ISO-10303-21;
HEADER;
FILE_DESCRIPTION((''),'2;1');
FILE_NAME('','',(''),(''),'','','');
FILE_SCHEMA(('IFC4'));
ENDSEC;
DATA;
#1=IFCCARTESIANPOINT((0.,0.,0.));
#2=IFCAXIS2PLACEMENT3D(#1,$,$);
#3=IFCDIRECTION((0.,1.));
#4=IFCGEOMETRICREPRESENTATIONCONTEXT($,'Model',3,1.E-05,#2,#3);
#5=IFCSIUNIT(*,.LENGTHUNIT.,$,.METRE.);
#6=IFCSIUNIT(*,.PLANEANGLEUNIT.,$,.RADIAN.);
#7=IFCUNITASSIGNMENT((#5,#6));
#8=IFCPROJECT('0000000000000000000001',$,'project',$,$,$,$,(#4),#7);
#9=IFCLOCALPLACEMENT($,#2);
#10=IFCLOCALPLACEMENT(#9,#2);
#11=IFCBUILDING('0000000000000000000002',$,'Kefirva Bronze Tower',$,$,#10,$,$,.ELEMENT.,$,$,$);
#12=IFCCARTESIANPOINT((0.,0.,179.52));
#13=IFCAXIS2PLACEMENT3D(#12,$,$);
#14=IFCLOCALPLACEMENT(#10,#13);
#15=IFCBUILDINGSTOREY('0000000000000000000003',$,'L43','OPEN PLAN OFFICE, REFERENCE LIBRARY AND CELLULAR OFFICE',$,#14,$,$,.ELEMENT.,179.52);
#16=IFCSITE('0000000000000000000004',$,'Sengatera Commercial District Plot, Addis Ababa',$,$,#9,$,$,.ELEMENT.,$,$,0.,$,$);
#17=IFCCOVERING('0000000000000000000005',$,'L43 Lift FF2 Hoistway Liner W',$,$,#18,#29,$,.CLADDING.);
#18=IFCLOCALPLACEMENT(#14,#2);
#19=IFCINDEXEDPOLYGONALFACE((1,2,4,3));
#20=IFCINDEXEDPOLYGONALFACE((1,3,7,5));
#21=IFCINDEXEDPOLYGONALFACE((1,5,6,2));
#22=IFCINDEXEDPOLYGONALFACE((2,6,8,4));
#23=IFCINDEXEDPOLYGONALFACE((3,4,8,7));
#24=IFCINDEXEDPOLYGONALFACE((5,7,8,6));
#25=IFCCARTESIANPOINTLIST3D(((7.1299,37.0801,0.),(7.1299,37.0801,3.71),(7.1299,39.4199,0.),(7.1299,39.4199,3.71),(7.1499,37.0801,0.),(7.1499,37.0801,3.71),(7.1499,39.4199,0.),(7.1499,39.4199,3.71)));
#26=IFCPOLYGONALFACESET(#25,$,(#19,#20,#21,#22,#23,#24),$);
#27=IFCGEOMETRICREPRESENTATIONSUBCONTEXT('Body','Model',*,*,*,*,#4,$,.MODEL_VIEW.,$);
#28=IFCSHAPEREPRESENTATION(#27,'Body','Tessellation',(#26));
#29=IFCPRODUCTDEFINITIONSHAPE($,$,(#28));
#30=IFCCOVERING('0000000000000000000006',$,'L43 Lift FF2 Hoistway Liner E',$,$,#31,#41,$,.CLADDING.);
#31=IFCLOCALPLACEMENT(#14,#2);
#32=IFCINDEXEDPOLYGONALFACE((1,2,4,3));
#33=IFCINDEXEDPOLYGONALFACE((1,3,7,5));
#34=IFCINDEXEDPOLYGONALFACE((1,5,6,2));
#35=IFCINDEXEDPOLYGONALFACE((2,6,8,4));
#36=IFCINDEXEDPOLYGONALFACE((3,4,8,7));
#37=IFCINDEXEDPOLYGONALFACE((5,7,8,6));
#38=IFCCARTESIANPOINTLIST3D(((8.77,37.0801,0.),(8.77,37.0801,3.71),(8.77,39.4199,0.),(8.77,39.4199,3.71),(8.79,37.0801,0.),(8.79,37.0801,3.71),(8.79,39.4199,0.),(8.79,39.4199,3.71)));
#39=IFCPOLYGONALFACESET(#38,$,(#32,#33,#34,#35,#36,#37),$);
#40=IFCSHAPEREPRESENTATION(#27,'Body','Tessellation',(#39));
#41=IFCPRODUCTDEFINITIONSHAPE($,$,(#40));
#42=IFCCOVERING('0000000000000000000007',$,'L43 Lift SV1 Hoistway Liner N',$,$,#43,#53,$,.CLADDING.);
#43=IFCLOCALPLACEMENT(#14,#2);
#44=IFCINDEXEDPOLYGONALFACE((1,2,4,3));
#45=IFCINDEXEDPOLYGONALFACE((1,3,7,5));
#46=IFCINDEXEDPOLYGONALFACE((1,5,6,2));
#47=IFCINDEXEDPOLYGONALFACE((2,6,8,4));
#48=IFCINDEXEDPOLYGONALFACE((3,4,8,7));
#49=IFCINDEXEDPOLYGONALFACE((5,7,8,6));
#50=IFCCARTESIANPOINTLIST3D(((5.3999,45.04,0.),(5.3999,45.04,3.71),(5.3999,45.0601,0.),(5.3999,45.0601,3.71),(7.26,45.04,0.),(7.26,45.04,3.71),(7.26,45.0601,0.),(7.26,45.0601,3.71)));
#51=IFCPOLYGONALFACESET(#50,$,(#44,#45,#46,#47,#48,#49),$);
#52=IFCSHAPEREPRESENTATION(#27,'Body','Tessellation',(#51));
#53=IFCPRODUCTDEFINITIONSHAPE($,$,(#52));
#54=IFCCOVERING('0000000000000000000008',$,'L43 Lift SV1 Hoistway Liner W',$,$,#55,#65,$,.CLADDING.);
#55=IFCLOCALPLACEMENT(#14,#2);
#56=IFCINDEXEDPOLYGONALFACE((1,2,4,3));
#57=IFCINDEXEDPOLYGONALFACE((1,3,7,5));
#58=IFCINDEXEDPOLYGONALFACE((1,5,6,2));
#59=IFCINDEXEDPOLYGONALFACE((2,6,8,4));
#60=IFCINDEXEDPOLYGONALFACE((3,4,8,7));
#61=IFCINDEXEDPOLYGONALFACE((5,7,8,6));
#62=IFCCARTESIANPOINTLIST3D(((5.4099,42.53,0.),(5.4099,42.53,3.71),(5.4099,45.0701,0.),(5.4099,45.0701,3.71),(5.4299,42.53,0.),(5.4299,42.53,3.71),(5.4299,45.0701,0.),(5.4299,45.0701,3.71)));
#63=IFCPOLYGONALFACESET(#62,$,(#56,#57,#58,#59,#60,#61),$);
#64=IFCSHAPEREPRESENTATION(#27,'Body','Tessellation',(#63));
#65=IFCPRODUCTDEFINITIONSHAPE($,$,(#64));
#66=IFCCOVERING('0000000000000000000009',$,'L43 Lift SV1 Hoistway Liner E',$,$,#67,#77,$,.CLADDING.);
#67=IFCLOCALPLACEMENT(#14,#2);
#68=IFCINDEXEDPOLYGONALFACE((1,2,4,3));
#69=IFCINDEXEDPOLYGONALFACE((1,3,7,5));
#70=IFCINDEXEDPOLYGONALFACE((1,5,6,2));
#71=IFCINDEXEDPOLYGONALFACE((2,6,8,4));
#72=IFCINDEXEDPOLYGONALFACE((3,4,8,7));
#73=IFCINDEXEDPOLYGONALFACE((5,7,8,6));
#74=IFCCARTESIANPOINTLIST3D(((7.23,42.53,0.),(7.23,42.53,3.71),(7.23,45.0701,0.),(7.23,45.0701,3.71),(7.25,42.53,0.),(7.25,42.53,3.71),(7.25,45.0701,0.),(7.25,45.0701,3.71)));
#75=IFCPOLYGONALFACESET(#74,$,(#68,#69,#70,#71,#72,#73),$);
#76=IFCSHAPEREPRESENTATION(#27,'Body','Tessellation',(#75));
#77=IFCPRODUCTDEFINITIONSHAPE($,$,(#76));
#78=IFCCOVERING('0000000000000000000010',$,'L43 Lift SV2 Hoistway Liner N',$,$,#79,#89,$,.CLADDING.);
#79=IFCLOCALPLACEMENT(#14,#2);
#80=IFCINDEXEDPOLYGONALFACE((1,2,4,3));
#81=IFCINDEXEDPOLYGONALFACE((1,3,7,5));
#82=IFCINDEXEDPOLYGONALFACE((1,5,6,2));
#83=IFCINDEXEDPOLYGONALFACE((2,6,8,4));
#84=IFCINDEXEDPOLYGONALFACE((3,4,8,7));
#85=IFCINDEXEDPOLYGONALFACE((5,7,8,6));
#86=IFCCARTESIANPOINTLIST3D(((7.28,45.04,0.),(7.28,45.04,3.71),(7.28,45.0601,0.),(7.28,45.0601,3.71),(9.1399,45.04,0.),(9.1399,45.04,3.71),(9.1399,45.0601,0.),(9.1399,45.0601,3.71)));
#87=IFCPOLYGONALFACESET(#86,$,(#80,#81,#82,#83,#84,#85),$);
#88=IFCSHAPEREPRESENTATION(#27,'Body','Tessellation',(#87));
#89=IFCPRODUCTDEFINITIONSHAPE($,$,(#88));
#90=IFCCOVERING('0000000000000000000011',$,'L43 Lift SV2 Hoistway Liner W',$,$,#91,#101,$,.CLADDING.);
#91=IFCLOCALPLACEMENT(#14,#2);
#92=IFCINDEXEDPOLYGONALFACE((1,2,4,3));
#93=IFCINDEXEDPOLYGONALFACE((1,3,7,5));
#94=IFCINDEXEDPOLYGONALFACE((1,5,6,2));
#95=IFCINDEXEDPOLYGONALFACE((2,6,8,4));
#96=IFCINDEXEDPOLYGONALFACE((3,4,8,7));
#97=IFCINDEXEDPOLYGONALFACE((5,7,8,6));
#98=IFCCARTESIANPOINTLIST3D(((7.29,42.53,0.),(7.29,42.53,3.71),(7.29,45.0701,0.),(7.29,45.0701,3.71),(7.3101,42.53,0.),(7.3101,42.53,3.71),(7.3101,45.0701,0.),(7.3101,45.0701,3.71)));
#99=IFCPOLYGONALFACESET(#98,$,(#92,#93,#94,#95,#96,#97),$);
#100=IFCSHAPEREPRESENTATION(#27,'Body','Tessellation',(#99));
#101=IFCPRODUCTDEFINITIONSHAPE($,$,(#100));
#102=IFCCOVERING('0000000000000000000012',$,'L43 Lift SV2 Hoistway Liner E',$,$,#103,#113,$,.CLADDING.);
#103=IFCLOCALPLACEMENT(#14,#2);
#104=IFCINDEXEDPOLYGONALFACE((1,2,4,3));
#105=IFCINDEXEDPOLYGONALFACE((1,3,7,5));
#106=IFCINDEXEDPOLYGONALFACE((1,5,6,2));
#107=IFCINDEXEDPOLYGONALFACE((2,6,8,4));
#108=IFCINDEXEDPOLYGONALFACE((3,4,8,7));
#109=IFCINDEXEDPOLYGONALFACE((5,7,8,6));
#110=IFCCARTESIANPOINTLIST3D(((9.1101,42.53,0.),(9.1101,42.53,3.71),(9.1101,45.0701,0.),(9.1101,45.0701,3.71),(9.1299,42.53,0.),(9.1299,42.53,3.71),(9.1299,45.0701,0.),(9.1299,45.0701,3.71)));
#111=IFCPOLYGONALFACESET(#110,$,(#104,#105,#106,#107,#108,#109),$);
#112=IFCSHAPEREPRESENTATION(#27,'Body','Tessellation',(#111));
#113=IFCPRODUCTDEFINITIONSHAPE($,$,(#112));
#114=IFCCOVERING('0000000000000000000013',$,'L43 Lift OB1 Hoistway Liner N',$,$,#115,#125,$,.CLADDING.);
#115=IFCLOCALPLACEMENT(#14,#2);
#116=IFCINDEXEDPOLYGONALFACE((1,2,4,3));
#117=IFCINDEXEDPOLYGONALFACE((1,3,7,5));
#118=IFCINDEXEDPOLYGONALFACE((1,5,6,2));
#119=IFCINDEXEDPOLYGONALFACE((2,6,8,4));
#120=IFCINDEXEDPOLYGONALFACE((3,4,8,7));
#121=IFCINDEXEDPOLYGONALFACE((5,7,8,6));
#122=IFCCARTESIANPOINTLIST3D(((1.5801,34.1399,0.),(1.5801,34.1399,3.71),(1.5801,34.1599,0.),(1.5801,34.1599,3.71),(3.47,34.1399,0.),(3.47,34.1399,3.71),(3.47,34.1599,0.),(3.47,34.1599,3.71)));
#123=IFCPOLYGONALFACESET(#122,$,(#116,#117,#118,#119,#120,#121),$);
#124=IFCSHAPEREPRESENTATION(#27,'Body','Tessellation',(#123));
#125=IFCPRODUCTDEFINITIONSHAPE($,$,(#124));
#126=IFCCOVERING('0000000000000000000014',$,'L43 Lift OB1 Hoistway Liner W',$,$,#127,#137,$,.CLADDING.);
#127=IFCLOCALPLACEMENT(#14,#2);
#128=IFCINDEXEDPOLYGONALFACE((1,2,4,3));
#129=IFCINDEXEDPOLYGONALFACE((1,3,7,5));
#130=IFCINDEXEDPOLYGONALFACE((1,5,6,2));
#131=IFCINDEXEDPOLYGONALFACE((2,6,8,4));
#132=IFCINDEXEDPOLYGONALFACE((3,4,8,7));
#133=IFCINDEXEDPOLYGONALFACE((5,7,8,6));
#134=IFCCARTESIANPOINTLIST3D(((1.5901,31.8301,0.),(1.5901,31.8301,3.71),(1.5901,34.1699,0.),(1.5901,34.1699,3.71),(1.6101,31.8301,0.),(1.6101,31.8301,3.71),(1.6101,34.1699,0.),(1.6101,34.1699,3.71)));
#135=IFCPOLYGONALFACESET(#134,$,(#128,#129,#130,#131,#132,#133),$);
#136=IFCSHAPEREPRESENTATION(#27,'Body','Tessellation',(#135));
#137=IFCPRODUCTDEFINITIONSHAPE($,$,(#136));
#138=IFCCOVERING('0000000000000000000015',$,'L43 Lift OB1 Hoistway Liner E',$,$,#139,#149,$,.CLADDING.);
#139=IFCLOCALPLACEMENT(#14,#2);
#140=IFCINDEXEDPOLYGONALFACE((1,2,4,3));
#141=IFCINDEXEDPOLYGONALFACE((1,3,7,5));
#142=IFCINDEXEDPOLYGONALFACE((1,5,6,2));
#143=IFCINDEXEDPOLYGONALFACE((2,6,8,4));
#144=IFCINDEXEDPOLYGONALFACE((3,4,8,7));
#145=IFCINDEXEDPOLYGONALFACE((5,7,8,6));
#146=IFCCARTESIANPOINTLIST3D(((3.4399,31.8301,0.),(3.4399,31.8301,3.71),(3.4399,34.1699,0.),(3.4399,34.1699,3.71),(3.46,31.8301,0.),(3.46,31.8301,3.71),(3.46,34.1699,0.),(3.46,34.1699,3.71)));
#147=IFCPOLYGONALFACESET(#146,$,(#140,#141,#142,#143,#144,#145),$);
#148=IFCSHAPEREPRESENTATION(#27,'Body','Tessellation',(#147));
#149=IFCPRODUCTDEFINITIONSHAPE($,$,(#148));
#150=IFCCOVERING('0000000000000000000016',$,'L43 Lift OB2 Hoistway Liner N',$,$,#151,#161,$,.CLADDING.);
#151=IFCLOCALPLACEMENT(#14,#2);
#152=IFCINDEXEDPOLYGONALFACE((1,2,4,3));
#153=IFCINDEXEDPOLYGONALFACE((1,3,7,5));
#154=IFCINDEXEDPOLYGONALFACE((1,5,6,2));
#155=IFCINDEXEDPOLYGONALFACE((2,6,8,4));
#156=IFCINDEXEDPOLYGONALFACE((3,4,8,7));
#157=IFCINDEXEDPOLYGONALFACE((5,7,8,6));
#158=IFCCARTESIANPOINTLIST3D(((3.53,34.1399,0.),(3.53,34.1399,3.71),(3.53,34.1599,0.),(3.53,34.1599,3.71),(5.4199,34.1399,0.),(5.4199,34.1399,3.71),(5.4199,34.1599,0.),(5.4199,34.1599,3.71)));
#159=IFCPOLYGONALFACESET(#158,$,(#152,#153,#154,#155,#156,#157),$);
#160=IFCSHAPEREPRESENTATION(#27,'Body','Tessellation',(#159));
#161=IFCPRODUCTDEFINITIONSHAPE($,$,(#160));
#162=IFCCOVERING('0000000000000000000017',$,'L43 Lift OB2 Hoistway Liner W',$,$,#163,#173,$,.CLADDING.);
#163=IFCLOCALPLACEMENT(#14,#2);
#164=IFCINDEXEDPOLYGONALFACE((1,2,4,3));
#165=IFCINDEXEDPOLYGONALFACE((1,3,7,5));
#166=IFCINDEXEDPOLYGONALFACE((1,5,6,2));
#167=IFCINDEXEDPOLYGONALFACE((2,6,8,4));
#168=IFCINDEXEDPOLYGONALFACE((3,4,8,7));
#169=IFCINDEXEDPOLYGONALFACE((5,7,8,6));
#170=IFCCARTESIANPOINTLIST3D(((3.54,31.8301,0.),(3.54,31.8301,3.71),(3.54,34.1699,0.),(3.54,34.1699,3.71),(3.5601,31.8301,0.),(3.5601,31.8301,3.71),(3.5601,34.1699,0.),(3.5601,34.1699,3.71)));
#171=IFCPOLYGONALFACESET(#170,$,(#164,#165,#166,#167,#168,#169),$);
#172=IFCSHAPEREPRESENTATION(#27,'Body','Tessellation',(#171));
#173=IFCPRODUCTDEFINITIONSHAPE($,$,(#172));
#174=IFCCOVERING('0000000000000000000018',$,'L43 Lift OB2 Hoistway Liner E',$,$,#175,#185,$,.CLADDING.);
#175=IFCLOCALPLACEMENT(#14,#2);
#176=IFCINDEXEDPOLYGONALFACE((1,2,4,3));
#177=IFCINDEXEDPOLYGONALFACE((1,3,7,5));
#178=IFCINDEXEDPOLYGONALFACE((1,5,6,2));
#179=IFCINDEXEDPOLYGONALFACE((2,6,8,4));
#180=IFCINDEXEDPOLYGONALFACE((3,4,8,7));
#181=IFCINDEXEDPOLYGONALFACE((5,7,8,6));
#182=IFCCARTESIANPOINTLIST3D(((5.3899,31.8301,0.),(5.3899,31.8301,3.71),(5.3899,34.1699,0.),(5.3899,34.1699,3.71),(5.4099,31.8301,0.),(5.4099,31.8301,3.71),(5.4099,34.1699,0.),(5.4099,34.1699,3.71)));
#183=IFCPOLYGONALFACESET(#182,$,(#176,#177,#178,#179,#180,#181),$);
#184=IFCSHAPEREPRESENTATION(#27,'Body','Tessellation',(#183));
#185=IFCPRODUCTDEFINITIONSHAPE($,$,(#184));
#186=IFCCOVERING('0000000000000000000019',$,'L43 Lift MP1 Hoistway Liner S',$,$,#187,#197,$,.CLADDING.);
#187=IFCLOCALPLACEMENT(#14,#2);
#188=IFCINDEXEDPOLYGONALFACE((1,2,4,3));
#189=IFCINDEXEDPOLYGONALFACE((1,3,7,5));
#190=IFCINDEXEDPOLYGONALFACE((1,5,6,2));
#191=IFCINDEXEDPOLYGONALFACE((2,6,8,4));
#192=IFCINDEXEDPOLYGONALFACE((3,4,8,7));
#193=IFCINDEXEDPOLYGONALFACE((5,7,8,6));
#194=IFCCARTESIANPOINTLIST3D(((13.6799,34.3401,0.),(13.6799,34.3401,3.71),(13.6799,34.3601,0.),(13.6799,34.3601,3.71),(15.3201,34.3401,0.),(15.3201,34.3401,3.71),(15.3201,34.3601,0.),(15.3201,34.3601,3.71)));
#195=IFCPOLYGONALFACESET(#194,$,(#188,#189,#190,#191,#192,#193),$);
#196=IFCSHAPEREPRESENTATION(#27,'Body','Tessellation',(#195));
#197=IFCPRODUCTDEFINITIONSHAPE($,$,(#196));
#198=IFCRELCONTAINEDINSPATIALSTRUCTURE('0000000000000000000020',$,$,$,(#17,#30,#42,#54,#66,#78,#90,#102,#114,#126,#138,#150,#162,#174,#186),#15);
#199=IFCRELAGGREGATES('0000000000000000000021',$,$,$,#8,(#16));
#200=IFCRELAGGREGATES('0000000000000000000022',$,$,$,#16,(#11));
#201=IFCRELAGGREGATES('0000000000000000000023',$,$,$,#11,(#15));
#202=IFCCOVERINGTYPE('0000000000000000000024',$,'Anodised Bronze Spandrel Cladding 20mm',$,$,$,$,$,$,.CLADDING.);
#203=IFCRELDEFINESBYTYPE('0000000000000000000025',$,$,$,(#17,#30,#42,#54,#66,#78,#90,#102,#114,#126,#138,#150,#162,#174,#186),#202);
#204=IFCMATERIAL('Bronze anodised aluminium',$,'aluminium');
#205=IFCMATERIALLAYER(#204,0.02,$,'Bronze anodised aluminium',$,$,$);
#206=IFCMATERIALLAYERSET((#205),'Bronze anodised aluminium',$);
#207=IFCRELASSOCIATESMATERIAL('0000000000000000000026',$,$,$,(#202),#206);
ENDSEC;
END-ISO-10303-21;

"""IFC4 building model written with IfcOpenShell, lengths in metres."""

from ifc_helpers import new_model, si_unit, direction, frame, origin, place, context, subcontext, project, spatial, polyline, outline, extrude, material, layer, layer_set, type_object, element, save


model = new_model("IFC4")

# Units and contexts
model_context = context("Model", 3, precision=1e-05, world=origin(), true_north=direction((0.0, 1.0)))
body_context = subcontext(model_context, "Body", "Model", "MODEL_VIEW")
ifc_project = project(units=[si_unit("LENGTHUNIT", "METRE"), si_unit("PLANEANGLEUNIT", "RADIAN")], contexts=[model_context])

# Site, building, storey
site_placement = place(None, origin())
site = spatial("IfcSite", under=ifc_project, at=site_placement, Name="Sengatera Commercial District Plot, Addis Ababa", CompositionType="ELEMENT", RefElevation=0.0)
building_placement = place(site_placement, origin())
building = spatial("IfcBuilding", under=site, at=building_placement, Name="Kefirva Bronze Tower", CompositionType="ELEMENT")
storey_placement = place(building_placement, frame((0.0, 0.0, 179.52)))
storey = spatial("IfcBuildingStorey", under=building, at=storey_placement, Name="L43", Description="OPEN PLAN OFFICE, REFERENCE LIBRARY AND CELLULAR OFFICE", CompositionType="ELEMENT", Elevation=179.52)

# Coverings
ifc_material_1 = material(Name="Bronze anodised aluminium", Category="aluminium")
ifc_layer_1 = layer(ifc_material_1, 0.02, Name="Bronze anodised aluminium")
ifc_layer_set_1 = layer_set([ifc_layer_1], Name="Bronze anodised aluminium")
covering_type = type_object("IfcCoveringType", Name="Anodised Bronze Spandrel Cladding 20mm", PredefinedType="CLADDING", material=ifc_layer_set_1)
covering_1_placement = place(storey_placement, origin())
element("IfcCovering", 1, at=covering_1_placement, inside=storey, type_object=covering_type, Name="L43 Lift FF2 Hoistway Liner W", PredefinedType="CLADDING", context=body_context, shape_type="SweptSolid", body=[
    extrude(outline(polyline([(7.1299, 37.0801), (7.1499, 37.0801), (7.1499, 39.4199), (7.1299, 39.4199), (7.1299, 37.0801)])), origin(), (0.0, 0.0, 1.0), 3.71),
])
covering_2_placement = place(storey_placement, origin())
element("IfcCovering", 2, at=covering_2_placement, inside=storey, type_object=covering_type, Name="L43 Lift FF2 Hoistway Liner E", PredefinedType="CLADDING", context=body_context, shape_type="SweptSolid", body=[
    extrude(outline(polyline([(8.77, 37.0801), (8.79, 37.0801), (8.79, 39.4199), (8.77, 39.4199), (8.77, 37.0801)])), origin(), (0.0, 0.0, 1.0), 3.71),
])
covering_3_placement = place(storey_placement, origin())
element("IfcCovering", 3, at=covering_3_placement, inside=storey, type_object=covering_type, Name="L43 Lift SV1 Hoistway Liner N", PredefinedType="CLADDING", context=body_context, shape_type="SweptSolid", body=[
    extrude(outline(polyline([(5.3999, 45.04), (7.26, 45.04), (7.26, 45.0601), (5.3999, 45.0601), (5.3999, 45.04)])), origin(), (0.0, 0.0, 1.0), 3.71),
])
covering_4_placement = place(storey_placement, origin())
element("IfcCovering", 4, at=covering_4_placement, inside=storey, type_object=covering_type, Name="L43 Lift SV1 Hoistway Liner W", PredefinedType="CLADDING", context=body_context, shape_type="SweptSolid", body=[
    extrude(outline(polyline([(5.4099, 42.53), (5.4299, 42.53), (5.4299, 45.0701), (5.4099, 45.0701), (5.4099, 42.53)])), origin(), (0.0, 0.0, 1.0), 3.71),
])
covering_5_placement = place(storey_placement, origin())
element("IfcCovering", 5, at=covering_5_placement, inside=storey, type_object=covering_type, Name="L43 Lift SV1 Hoistway Liner E", PredefinedType="CLADDING", context=body_context, shape_type="SweptSolid", body=[
    extrude(outline(polyline([(7.23, 42.53), (7.25, 42.53), (7.25, 45.0701), (7.23, 45.0701), (7.23, 42.53)])), origin(), (0.0, 0.0, 1.0), 3.71),
])
covering_6_placement = place(storey_placement, origin())
element("IfcCovering", 6, at=covering_6_placement, inside=storey, type_object=covering_type, Name="L43 Lift SV2 Hoistway Liner N", PredefinedType="CLADDING", context=body_context, shape_type="SweptSolid", body=[
    extrude(outline(polyline([(7.28, 45.04), (9.1399, 45.04), (9.1399, 45.0601), (7.28, 45.0601), (7.28, 45.04)])), origin(), (0.0, 0.0, 1.0), 3.71),
])
covering_7_placement = place(storey_placement, origin())
element("IfcCovering", 7, at=covering_7_placement, inside=storey, type_object=covering_type, Name="L43 Lift SV2 Hoistway Liner W", PredefinedType="CLADDING", context=body_context, shape_type="SweptSolid", body=[
    extrude(outline(polyline([(7.29, 42.53), (7.3101, 42.53), (7.3101, 45.0701), (7.29, 45.0701), (7.29, 42.53)])), origin(), (0.0, 0.0, 1.0), 3.71),
])
covering_8_placement = place(storey_placement, origin())
element("IfcCovering", 8, at=covering_8_placement, inside=storey, type_object=covering_type, Name="L43 Lift SV2 Hoistway Liner E", PredefinedType="CLADDING", context=body_context, shape_type="SweptSolid", body=[
    extrude(outline(polyline([(9.1101, 42.53), (9.1299, 42.53), (9.1299, 45.0701), (9.1101, 45.0701), (9.1101, 42.53)])), origin(), (0.0, 0.0, 1.0), 3.71),
])
covering_9_placement = place(storey_placement, origin())
element("IfcCovering", 9, at=covering_9_placement, inside=storey, type_object=covering_type, Name="L43 Lift OB1 Hoistway Liner N", PredefinedType="CLADDING", context=body_context, shape_type="SweptSolid", body=[
    extrude(outline(polyline([(1.5801, 34.1399), (3.47, 34.1399), (3.47, 34.1599), (1.5801, 34.1599), (1.5801, 34.1399)])), origin(), (0.0, 0.0, 1.0), 3.71),
])
covering_10_placement = place(storey_placement, origin())
element("IfcCovering", 10, at=covering_10_placement, inside=storey, type_object=covering_type, Name="L43 Lift OB1 Hoistway Liner W", PredefinedType="CLADDING", context=body_context, shape_type="SweptSolid", body=[
    extrude(outline(polyline([(1.5901, 31.8301), (1.6101, 31.8301), (1.6101, 34.1699), (1.5901, 34.1699), (1.5901, 31.8301)])), origin(), (0.0, 0.0, 1.0), 3.71),
])
covering_11_placement = place(storey_placement, origin())
element("IfcCovering", 11, at=covering_11_placement, inside=storey, type_object=covering_type, Name="L43 Lift OB1 Hoistway Liner E", PredefinedType="CLADDING", context=body_context, shape_type="SweptSolid", body=[
    extrude(outline(polyline([(3.4399, 31.8301), (3.46, 31.8301), (3.46, 34.1699), (3.4399, 34.1699), (3.4399, 31.8301)])), origin(), (0.0, 0.0, 1.0), 3.71),
])
covering_12_placement = place(storey_placement, origin())
element("IfcCovering", 12, at=covering_12_placement, inside=storey, type_object=covering_type, Name="L43 Lift OB2 Hoistway Liner N", PredefinedType="CLADDING", context=body_context, shape_type="SweptSolid", body=[
    extrude(outline(polyline([(3.53, 34.1399), (5.4199, 34.1399), (5.4199, 34.1599), (3.53, 34.1599), (3.53, 34.1399)])), origin(), (0.0, 0.0, 1.0), 3.71),
])
covering_13_placement = place(storey_placement, origin())
element("IfcCovering", 13, at=covering_13_placement, inside=storey, type_object=covering_type, Name="L43 Lift OB2 Hoistway Liner W", PredefinedType="CLADDING", context=body_context, shape_type="SweptSolid", body=[
    extrude(outline(polyline([(3.54, 31.8301), (3.5601, 31.8301), (3.5601, 34.1699), (3.54, 34.1699), (3.54, 31.8301)])), origin(), (0.0, 0.0, 1.0), 3.71),
])
covering_14_placement = place(storey_placement, origin())
element("IfcCovering", 14, at=covering_14_placement, inside=storey, type_object=covering_type, Name="L43 Lift OB2 Hoistway Liner E", PredefinedType="CLADDING", context=body_context, shape_type="SweptSolid", body=[
    extrude(outline(polyline([(5.3899, 31.8301), (5.4099, 31.8301), (5.4099, 34.1699), (5.3899, 34.1699), (5.3899, 31.8301)])), origin(), (0.0, 0.0, 1.0), 3.71),
])
covering_15_placement = place(storey_placement, origin())
element("IfcCovering", 15, at=covering_15_placement, inside=storey, type_object=covering_type, Name="L43 Lift MP1 Hoistway Liner S", PredefinedType="CLADDING", context=body_context, shape_type="SweptSolid", body=[
    extrude(outline(polyline([(13.6799, 34.3401), (15.3201, 34.3401), (15.3201, 34.3601), (13.6799, 34.3601), (13.6799, 34.3401)])), origin(), (0.0, 0.0, 1.0), 3.71),
])

save(model, "model.ifc")
